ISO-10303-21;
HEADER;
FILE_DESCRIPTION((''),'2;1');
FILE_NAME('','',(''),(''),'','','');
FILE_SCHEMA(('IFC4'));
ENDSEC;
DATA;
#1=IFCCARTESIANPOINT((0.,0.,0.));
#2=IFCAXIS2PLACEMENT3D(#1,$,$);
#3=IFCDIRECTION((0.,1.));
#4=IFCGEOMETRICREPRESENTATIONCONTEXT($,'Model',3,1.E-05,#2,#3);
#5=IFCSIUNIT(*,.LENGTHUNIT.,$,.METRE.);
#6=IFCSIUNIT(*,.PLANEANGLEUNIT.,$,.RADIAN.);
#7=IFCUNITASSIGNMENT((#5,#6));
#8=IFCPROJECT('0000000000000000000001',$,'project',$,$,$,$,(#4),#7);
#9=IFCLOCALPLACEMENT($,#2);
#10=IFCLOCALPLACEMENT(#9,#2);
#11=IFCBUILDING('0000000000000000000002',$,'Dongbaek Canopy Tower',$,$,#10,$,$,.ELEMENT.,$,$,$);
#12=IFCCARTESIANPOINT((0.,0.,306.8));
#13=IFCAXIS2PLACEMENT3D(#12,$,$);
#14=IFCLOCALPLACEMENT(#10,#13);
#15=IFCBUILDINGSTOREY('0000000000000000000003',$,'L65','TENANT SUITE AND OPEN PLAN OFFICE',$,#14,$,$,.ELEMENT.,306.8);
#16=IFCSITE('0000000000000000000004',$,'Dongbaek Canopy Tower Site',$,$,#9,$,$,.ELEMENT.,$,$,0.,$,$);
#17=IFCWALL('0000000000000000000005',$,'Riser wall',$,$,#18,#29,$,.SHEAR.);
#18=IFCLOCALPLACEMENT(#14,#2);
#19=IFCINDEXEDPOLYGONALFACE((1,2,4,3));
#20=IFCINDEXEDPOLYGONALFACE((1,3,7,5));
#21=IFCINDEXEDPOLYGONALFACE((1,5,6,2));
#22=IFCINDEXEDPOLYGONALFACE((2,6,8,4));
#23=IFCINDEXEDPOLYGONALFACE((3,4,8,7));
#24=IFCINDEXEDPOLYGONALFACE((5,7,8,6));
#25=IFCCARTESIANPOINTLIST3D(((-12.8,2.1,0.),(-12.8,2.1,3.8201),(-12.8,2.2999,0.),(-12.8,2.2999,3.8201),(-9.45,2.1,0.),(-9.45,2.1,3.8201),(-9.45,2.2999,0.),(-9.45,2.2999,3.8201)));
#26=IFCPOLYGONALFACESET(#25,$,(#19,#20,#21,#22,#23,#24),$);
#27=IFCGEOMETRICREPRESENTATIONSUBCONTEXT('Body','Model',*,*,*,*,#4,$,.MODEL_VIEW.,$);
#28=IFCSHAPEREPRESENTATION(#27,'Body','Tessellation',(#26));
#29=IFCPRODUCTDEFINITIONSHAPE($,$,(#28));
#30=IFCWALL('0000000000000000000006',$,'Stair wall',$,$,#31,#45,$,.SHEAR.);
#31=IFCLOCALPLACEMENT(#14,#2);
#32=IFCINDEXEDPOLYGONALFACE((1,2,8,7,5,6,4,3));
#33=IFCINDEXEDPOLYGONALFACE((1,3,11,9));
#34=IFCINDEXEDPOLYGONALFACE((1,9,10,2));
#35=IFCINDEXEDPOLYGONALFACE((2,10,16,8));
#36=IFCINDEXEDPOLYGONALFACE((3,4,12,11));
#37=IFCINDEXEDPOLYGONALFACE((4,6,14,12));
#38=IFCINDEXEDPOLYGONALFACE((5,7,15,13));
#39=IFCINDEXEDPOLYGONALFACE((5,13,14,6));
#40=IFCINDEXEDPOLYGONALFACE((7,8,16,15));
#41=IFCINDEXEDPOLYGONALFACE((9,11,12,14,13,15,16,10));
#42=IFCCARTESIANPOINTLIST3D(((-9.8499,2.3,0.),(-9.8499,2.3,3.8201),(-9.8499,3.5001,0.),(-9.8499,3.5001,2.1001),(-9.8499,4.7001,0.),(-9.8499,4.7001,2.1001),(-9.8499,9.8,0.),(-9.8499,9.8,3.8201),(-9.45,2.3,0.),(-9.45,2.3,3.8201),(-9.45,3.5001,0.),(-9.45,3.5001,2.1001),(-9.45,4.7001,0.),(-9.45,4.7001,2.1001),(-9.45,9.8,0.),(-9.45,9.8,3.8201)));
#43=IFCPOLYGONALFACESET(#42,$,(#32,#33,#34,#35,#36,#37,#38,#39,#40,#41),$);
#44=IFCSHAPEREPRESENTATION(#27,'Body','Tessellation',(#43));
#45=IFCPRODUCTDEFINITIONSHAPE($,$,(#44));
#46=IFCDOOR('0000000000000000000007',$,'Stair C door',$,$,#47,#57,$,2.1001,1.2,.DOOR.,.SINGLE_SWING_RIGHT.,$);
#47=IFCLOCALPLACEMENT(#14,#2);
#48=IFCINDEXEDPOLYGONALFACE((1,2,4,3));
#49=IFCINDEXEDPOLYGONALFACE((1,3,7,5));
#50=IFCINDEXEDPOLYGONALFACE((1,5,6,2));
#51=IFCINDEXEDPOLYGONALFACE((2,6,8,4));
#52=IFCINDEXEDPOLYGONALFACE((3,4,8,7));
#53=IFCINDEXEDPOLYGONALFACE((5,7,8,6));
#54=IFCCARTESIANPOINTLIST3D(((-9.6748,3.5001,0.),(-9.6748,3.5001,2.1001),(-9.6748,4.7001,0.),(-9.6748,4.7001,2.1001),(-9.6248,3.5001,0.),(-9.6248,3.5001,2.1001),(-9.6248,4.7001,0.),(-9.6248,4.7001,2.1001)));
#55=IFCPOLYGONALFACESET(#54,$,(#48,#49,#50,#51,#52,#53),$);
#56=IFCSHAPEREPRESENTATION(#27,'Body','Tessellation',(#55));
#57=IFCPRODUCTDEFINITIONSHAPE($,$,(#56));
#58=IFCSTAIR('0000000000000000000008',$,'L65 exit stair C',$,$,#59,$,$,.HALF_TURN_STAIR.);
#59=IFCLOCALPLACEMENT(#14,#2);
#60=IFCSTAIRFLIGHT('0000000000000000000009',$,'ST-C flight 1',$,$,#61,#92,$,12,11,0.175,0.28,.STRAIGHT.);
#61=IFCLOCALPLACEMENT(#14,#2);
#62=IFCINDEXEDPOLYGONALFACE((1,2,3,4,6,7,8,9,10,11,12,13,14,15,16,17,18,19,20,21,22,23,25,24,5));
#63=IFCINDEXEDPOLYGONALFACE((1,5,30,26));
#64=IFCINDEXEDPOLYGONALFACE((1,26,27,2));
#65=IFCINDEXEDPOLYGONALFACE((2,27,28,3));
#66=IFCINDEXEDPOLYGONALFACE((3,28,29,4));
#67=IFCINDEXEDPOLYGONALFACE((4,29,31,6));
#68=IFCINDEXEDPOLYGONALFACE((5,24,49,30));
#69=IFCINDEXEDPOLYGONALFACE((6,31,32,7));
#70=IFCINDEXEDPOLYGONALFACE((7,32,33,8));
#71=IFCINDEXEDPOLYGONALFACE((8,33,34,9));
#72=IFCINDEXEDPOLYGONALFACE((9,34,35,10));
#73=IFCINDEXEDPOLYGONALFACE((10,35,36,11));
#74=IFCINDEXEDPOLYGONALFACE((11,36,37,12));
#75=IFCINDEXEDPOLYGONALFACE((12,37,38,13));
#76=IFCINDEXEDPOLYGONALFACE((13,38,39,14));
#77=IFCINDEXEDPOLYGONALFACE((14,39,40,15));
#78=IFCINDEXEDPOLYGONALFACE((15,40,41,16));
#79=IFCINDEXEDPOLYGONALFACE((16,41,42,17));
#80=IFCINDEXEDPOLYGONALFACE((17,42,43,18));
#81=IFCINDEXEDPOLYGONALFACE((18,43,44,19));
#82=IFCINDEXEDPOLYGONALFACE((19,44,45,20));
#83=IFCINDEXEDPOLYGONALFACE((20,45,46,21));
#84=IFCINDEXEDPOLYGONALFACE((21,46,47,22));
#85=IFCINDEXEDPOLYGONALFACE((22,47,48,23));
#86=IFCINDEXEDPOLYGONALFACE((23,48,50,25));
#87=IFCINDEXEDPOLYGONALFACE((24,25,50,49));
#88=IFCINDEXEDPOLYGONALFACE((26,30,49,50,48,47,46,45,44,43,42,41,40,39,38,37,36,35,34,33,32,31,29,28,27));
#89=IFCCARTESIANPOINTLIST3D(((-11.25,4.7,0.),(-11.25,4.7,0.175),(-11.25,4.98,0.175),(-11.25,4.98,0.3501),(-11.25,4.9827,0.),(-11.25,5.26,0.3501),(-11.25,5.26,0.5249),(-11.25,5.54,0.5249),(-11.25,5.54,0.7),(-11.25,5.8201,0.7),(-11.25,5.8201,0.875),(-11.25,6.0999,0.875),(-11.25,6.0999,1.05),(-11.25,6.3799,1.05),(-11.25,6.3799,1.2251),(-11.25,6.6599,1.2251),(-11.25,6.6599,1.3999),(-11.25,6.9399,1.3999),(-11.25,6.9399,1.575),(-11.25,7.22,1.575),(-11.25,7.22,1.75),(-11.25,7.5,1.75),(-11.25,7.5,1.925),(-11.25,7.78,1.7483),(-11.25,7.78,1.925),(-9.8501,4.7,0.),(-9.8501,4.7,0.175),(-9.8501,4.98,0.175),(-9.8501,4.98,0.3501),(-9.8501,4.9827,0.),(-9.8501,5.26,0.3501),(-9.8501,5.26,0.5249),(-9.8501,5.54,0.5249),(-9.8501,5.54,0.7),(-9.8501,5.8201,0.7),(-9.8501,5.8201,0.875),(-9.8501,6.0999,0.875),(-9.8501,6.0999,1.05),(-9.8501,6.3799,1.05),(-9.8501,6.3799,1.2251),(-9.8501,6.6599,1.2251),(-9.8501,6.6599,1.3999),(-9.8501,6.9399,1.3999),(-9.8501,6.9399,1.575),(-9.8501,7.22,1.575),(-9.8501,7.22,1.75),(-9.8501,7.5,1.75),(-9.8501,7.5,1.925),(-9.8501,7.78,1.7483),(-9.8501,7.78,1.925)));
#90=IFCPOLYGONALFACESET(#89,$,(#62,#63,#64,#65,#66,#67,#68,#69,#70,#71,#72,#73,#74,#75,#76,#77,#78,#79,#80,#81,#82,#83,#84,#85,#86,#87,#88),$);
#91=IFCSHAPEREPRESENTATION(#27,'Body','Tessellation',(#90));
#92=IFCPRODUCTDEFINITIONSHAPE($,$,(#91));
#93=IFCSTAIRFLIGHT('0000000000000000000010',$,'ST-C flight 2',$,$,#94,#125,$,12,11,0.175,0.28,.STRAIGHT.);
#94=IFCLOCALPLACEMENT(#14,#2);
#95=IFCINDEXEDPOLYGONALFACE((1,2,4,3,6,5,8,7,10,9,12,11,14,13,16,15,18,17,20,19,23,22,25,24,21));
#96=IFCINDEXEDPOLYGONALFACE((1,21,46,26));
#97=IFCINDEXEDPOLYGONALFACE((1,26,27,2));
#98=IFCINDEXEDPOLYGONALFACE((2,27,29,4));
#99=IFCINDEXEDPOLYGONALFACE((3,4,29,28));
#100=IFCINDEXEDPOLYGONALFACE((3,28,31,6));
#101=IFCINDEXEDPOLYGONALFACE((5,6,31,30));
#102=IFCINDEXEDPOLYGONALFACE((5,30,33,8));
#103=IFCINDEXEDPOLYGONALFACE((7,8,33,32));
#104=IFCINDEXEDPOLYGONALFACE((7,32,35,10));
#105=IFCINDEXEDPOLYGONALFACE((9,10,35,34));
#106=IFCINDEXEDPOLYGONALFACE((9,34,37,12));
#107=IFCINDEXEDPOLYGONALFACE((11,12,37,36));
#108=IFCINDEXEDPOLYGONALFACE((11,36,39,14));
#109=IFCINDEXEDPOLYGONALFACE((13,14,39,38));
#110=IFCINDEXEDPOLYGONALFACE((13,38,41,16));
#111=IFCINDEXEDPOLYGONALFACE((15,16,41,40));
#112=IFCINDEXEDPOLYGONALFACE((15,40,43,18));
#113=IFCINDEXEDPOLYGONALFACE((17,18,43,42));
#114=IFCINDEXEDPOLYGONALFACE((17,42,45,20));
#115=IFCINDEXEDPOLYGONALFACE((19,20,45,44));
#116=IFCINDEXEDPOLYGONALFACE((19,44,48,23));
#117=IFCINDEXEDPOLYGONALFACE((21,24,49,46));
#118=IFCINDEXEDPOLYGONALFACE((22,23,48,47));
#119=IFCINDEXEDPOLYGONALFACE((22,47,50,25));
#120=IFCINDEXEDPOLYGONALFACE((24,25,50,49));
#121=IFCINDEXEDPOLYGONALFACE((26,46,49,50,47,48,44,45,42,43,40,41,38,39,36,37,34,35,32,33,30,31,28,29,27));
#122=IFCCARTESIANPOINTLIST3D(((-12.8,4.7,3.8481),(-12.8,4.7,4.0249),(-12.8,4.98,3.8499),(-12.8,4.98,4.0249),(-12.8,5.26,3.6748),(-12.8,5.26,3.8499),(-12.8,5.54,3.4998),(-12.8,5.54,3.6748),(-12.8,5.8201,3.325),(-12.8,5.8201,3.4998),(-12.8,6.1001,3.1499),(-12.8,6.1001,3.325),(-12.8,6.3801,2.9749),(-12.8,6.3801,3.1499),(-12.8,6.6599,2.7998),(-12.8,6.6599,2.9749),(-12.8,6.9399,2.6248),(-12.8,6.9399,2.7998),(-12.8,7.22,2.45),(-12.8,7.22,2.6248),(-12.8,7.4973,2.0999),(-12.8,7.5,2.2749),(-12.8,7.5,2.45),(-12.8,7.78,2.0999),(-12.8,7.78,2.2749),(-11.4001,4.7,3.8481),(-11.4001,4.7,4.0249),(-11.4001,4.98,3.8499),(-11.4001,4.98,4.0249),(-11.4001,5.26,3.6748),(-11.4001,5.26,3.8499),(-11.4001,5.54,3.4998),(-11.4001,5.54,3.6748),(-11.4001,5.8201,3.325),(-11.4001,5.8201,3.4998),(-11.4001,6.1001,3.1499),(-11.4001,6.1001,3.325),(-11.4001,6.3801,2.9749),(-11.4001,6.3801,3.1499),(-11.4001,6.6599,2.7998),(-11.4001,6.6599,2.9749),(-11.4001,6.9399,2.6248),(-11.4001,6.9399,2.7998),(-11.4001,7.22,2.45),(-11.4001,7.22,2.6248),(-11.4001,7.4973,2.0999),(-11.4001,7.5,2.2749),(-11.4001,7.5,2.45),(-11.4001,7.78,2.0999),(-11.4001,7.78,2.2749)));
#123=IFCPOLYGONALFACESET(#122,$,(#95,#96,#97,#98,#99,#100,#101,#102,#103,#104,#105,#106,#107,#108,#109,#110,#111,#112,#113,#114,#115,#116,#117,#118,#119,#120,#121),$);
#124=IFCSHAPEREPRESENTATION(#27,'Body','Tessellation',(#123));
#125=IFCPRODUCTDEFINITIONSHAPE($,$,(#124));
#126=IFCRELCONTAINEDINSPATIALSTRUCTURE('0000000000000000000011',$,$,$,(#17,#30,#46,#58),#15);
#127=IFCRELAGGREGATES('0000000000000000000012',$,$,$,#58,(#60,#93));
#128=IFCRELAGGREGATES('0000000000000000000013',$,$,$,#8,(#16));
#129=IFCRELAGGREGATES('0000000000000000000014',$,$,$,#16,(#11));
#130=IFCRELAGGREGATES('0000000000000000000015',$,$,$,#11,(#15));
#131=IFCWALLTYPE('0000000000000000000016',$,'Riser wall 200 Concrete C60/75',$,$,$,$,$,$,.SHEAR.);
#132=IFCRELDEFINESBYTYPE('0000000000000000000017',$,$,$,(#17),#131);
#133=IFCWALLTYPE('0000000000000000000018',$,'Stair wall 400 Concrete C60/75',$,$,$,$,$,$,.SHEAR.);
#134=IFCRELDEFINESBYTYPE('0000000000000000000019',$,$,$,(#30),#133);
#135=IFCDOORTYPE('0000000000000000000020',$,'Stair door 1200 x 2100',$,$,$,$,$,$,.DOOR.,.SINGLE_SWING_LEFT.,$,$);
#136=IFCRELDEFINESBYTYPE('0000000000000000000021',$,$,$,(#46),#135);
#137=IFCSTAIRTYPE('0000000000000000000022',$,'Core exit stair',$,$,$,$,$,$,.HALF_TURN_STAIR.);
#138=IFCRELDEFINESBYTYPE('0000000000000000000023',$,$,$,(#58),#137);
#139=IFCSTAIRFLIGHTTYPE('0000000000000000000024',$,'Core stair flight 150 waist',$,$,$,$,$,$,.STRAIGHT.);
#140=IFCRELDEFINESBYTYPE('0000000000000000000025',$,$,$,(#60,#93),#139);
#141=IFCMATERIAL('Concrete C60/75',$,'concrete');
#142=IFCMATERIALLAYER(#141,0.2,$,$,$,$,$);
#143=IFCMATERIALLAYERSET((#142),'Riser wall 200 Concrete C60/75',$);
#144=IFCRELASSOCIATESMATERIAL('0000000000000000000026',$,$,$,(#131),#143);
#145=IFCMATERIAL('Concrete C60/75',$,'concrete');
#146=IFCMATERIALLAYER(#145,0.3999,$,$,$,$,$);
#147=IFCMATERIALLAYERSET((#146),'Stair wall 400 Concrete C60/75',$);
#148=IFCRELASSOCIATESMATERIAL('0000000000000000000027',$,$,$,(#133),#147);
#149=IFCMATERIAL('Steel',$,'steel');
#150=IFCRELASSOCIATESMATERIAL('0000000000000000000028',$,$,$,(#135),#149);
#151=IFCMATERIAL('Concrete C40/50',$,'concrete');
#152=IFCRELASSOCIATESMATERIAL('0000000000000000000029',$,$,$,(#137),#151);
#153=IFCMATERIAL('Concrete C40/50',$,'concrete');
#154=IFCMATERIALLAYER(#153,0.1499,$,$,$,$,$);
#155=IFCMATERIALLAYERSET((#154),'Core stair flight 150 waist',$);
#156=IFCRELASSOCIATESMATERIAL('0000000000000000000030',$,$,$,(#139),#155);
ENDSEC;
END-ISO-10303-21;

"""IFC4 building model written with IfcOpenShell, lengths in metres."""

from ifc_helpers import new_model, si_unit, direction, frame, frame_2d, origin, place, context, subcontext, project, spatial, polyline, rectangle, outline, extrude, material, layer, layer_set, type_object, element, fill, aggregate, save


model = new_model("IFC4")

# Units and contexts
model_context = context("Model", 3, precision=1e-05, world=origin(), true_north=direction((0.0, 1.0)))
body_context = subcontext(model_context, "Body", "Model", "MODEL_VIEW")
ifc_project = project(units=[si_unit("LENGTHUNIT", "METRE"), si_unit("PLANEANGLEUNIT", "RADIAN")], contexts=[model_context])

# Site, building, storey
site_placement = place(None, origin())
site = spatial("IfcSite", under=ifc_project, at=site_placement, Name="Dongbaek Canopy Tower Site", CompositionType="ELEMENT", RefElevation=0.0)
building_placement = place(site_placement, origin())
building = spatial("IfcBuilding", under=site, at=building_placement, Name="Dongbaek Canopy Tower", CompositionType="ELEMENT")
storey_placement = place(building_placement, frame((0.0, 0.0, 306.8)))
storey = spatial("IfcBuildingStorey", under=building, at=storey_placement, Name="L65", Description="TENANT SUITE AND OPEN PLAN OFFICE", CompositionType="ELEMENT", Elevation=306.8)

# Wall
ifc_material_1 = material(Name="Concrete C60/75", Category="concrete")
ifc_layer_1 = layer(ifc_material_1, 0.2)
ifc_layer_set_1 = layer_set([ifc_layer_1], Name="Riser wall 200 Concrete C60/75")
wall_type_1 = type_object("IfcWallType", Name="Riser wall 200 Concrete C60/75", PredefinedType="SHEAR", material=ifc_layer_set_1)
wall_1_placement = place(storey_placement, frame((-9.45, 2.2, 0.0), z_axis=(0.0, 0.0, 1.0), x_axis=(-1.0, 0.0, 0.0)))
element("IfcWall", 1, at=wall_1_placement, inside=storey, type_object=wall_type_1, Name="Riser wall", PredefinedType="SHEAR", context=body_context, shape_type="SweptSolid", body=[
    extrude(rectangle(XDim=3.3501, YDim=0.2, at=frame_2d((1.675, 0.0))), origin(), (0.0, 0.0, 1.0), 3.8201),
])

# Wall, opening, door
ifc_material_2 = material(Name="Concrete C60/75", Category="concrete")
ifc_layer_2 = layer(ifc_material_2, 0.3999)
ifc_layer_set_2 = layer_set([ifc_layer_2], Name="Stair wall 400 Concrete C60/75")
wall_type_2 = type_object("IfcWallType", Name="Stair wall 400 Concrete C60/75", PredefinedType="SHEAR", material=ifc_layer_set_2)
wall_2_placement = place(storey_placement, frame((-9.6499, 2.3, 0.0), z_axis=(0.0, 0.0, 1.0), x_axis=(0.0, 1.0, 0.0)))
wall_2 = element("IfcWall", 2, at=wall_2_placement, inside=storey, type_object=wall_type_2, Name="Stair wall", PredefinedType="SHEAR", context=body_context, shape_type="SweptSolid", body=[
    extrude(rectangle(XDim=7.5, YDim=0.3999, at=frame_2d((3.75, 0.0))), origin(), (0.0, 0.0, 1.0), 3.8201),
])
opening_1_placement = place(wall_2_placement, frame((1.2, 0.0, 0.0)))
opening_1 = element("IfcOpeningElement", 3, at=opening_1_placement, cuts=wall_2, PredefinedType="OPENING", context=body_context, shape_type="SweptSolid", body=[
    extrude(rectangle(XDim=1.2, YDim=2.1001, at=frame_2d((0.6001, 1.05))), frame((0.0, 0.21, 0.0), z_axis=(0.0, -1.0, 0.0), x_axis=(1.0, 0.0, 0.0)), (0.0, 0.0, 1.0), 0.4199),
])
ifc_material_3 = material(Name="Steel", Category="steel")
door_type_1 = type_object("IfcDoorType", Name="Stair door 1200 x 2100", OperationType="SINGLE_SWING_LEFT", PredefinedType="DOOR", material=ifc_material_3)
door_1_placement = place(opening_1_placement, origin())
door_1 = element("IfcDoor", 4, at=door_1_placement, inside=storey, type_object=door_type_1, Name="Stair C door", OperationType="SINGLE_SWING_RIGHT", OverallHeight=2.1001, OverallWidth=1.2, PredefinedType="DOOR", context=body_context, shape_type="SweptSolid", body=[
    extrude(rectangle(XDim=1.2, YDim=2.1001, at=frame_2d((0.6001, 1.05))), frame((0.0, 0.0249, 0.0), z_axis=(0.0, -1.0, 0.0), x_axis=(1.0, 0.0, 0.0)), (0.0, 0.0, 1.0), 0.05),
])
fill(opening_1, door_1)

# Stair, stair flights
ifc_material_4 = material(Name="Concrete C40/50", Category="concrete")
stair_type = type_object("IfcStairType", Name="Core exit stair", PredefinedType="HALF_TURN_STAIR", material=ifc_material_4)
stair_placement = place(storey_placement, origin())
stair = element("IfcStair", 5, at=stair_placement, inside=storey, type_object=stair_type, Name="L65 exit stair C", PredefinedType="HALF_TURN_STAIR")
ifc_material_5 = material(Name="Concrete C40/50", Category="concrete")
ifc_layer_3 = layer(ifc_material_5, 0.1499)
ifc_layer_set_3 = layer_set([ifc_layer_3], Name="Core stair flight 150 waist")
stair_flight_type = type_object("IfcStairFlightType", Name="Core stair flight 150 waist", PredefinedType="STRAIGHT", material=ifc_layer_set_3)
stair_flight_1_placement = place(storey_placement, frame((-10.55, 4.7, 0.0), z_axis=(0.0, 0.0, 1.0), x_axis=(0.0, 1.0, 0.0)))
stair_flight_1 = element("IfcStairFlight", 6, at=stair_flight_1_placement, type_object=stair_flight_type, Name="ST-C flight 1", NumberOfRisers=12, NumberOfTreads=11, PredefinedType="STRAIGHT", RiserHeight=0.175, TreadLength=0.28, context=body_context, shape_type="SweptSolid", body=[
    extrude(outline(polyline([(0.0, 0.0), (0.0, 0.175), (0.28, 0.175), (0.28, 0.3501), (0.5601, 0.3501), (0.5601, 0.5249), (0.8401, 0.5249), (0.8401, 0.7), (1.1201, 0.7), (1.1201, 0.875), (1.3999, 0.875), (1.3999, 1.05), (1.6799, 1.05), (1.6799, 1.2251), (1.96, 1.2251), (1.96, 1.3999), (2.24, 1.3999), (2.24, 1.575), (2.52, 1.575), (2.52, 1.75), (2.8, 1.75), (2.8, 1.925), (3.0801, 1.925), (3.0801, 2.1001), (3.0801, 1.7483), (0.2827, 0.0), (0.0, 0.0)])), frame((0.0, 0.7, 0.0), z_axis=(0.0, -1.0, 0.0), x_axis=(1.0, 0.0, 0.0)), (0.0, 0.0, 1.0), 1.3999),
])
stair_flight_2_placement = place(storey_placement, frame((-12.1001, 7.78, 2.0999), z_axis=(0.0, 0.0, 1.0), x_axis=(0.0, -1.0, 0.0)))
stair_flight_2 = element("IfcStairFlight", 7, at=stair_flight_2_placement, type_object=stair_flight_type, Name="ST-C flight 2", NumberOfRisers=12, NumberOfTreads=11, PredefinedType="STRAIGHT", RiserHeight=0.175, TreadLength=0.28, context=body_context, shape_type="SweptSolid", body=[
    extrude(outline(polyline([(0.0, 0.0), (0.0, 0.175), (0.28, 0.175), (0.28, 0.3501), (0.5601, 0.3501), (0.5601, 0.5249), (0.8401, 0.5249), (0.8401, 0.7), (1.1201, 0.7), (1.1201, 0.875), (1.3999, 0.875), (1.3999, 1.05), (1.6799, 1.05), (1.6799, 1.2251), (1.96, 1.2251), (1.96, 1.3999), (2.24, 1.3999), (2.24, 1.575), (2.52, 1.575), (2.52, 1.75), (2.8, 1.75), (2.8, 1.925), (3.0801, 1.925), (3.0801, 2.1001), (3.0801, 1.7483), (0.2827, 0.0), (0.0, 0.0)])), frame((0.0, 0.7, 0.0), z_axis=(0.0, -1.0, 0.0), x_axis=(1.0, 0.0, 0.0)), (0.0, 0.0, 1.0), 1.3999),
])
aggregate(stair, [stair_flight_1, stair_flight_2])

save(model, "model.ifc")
